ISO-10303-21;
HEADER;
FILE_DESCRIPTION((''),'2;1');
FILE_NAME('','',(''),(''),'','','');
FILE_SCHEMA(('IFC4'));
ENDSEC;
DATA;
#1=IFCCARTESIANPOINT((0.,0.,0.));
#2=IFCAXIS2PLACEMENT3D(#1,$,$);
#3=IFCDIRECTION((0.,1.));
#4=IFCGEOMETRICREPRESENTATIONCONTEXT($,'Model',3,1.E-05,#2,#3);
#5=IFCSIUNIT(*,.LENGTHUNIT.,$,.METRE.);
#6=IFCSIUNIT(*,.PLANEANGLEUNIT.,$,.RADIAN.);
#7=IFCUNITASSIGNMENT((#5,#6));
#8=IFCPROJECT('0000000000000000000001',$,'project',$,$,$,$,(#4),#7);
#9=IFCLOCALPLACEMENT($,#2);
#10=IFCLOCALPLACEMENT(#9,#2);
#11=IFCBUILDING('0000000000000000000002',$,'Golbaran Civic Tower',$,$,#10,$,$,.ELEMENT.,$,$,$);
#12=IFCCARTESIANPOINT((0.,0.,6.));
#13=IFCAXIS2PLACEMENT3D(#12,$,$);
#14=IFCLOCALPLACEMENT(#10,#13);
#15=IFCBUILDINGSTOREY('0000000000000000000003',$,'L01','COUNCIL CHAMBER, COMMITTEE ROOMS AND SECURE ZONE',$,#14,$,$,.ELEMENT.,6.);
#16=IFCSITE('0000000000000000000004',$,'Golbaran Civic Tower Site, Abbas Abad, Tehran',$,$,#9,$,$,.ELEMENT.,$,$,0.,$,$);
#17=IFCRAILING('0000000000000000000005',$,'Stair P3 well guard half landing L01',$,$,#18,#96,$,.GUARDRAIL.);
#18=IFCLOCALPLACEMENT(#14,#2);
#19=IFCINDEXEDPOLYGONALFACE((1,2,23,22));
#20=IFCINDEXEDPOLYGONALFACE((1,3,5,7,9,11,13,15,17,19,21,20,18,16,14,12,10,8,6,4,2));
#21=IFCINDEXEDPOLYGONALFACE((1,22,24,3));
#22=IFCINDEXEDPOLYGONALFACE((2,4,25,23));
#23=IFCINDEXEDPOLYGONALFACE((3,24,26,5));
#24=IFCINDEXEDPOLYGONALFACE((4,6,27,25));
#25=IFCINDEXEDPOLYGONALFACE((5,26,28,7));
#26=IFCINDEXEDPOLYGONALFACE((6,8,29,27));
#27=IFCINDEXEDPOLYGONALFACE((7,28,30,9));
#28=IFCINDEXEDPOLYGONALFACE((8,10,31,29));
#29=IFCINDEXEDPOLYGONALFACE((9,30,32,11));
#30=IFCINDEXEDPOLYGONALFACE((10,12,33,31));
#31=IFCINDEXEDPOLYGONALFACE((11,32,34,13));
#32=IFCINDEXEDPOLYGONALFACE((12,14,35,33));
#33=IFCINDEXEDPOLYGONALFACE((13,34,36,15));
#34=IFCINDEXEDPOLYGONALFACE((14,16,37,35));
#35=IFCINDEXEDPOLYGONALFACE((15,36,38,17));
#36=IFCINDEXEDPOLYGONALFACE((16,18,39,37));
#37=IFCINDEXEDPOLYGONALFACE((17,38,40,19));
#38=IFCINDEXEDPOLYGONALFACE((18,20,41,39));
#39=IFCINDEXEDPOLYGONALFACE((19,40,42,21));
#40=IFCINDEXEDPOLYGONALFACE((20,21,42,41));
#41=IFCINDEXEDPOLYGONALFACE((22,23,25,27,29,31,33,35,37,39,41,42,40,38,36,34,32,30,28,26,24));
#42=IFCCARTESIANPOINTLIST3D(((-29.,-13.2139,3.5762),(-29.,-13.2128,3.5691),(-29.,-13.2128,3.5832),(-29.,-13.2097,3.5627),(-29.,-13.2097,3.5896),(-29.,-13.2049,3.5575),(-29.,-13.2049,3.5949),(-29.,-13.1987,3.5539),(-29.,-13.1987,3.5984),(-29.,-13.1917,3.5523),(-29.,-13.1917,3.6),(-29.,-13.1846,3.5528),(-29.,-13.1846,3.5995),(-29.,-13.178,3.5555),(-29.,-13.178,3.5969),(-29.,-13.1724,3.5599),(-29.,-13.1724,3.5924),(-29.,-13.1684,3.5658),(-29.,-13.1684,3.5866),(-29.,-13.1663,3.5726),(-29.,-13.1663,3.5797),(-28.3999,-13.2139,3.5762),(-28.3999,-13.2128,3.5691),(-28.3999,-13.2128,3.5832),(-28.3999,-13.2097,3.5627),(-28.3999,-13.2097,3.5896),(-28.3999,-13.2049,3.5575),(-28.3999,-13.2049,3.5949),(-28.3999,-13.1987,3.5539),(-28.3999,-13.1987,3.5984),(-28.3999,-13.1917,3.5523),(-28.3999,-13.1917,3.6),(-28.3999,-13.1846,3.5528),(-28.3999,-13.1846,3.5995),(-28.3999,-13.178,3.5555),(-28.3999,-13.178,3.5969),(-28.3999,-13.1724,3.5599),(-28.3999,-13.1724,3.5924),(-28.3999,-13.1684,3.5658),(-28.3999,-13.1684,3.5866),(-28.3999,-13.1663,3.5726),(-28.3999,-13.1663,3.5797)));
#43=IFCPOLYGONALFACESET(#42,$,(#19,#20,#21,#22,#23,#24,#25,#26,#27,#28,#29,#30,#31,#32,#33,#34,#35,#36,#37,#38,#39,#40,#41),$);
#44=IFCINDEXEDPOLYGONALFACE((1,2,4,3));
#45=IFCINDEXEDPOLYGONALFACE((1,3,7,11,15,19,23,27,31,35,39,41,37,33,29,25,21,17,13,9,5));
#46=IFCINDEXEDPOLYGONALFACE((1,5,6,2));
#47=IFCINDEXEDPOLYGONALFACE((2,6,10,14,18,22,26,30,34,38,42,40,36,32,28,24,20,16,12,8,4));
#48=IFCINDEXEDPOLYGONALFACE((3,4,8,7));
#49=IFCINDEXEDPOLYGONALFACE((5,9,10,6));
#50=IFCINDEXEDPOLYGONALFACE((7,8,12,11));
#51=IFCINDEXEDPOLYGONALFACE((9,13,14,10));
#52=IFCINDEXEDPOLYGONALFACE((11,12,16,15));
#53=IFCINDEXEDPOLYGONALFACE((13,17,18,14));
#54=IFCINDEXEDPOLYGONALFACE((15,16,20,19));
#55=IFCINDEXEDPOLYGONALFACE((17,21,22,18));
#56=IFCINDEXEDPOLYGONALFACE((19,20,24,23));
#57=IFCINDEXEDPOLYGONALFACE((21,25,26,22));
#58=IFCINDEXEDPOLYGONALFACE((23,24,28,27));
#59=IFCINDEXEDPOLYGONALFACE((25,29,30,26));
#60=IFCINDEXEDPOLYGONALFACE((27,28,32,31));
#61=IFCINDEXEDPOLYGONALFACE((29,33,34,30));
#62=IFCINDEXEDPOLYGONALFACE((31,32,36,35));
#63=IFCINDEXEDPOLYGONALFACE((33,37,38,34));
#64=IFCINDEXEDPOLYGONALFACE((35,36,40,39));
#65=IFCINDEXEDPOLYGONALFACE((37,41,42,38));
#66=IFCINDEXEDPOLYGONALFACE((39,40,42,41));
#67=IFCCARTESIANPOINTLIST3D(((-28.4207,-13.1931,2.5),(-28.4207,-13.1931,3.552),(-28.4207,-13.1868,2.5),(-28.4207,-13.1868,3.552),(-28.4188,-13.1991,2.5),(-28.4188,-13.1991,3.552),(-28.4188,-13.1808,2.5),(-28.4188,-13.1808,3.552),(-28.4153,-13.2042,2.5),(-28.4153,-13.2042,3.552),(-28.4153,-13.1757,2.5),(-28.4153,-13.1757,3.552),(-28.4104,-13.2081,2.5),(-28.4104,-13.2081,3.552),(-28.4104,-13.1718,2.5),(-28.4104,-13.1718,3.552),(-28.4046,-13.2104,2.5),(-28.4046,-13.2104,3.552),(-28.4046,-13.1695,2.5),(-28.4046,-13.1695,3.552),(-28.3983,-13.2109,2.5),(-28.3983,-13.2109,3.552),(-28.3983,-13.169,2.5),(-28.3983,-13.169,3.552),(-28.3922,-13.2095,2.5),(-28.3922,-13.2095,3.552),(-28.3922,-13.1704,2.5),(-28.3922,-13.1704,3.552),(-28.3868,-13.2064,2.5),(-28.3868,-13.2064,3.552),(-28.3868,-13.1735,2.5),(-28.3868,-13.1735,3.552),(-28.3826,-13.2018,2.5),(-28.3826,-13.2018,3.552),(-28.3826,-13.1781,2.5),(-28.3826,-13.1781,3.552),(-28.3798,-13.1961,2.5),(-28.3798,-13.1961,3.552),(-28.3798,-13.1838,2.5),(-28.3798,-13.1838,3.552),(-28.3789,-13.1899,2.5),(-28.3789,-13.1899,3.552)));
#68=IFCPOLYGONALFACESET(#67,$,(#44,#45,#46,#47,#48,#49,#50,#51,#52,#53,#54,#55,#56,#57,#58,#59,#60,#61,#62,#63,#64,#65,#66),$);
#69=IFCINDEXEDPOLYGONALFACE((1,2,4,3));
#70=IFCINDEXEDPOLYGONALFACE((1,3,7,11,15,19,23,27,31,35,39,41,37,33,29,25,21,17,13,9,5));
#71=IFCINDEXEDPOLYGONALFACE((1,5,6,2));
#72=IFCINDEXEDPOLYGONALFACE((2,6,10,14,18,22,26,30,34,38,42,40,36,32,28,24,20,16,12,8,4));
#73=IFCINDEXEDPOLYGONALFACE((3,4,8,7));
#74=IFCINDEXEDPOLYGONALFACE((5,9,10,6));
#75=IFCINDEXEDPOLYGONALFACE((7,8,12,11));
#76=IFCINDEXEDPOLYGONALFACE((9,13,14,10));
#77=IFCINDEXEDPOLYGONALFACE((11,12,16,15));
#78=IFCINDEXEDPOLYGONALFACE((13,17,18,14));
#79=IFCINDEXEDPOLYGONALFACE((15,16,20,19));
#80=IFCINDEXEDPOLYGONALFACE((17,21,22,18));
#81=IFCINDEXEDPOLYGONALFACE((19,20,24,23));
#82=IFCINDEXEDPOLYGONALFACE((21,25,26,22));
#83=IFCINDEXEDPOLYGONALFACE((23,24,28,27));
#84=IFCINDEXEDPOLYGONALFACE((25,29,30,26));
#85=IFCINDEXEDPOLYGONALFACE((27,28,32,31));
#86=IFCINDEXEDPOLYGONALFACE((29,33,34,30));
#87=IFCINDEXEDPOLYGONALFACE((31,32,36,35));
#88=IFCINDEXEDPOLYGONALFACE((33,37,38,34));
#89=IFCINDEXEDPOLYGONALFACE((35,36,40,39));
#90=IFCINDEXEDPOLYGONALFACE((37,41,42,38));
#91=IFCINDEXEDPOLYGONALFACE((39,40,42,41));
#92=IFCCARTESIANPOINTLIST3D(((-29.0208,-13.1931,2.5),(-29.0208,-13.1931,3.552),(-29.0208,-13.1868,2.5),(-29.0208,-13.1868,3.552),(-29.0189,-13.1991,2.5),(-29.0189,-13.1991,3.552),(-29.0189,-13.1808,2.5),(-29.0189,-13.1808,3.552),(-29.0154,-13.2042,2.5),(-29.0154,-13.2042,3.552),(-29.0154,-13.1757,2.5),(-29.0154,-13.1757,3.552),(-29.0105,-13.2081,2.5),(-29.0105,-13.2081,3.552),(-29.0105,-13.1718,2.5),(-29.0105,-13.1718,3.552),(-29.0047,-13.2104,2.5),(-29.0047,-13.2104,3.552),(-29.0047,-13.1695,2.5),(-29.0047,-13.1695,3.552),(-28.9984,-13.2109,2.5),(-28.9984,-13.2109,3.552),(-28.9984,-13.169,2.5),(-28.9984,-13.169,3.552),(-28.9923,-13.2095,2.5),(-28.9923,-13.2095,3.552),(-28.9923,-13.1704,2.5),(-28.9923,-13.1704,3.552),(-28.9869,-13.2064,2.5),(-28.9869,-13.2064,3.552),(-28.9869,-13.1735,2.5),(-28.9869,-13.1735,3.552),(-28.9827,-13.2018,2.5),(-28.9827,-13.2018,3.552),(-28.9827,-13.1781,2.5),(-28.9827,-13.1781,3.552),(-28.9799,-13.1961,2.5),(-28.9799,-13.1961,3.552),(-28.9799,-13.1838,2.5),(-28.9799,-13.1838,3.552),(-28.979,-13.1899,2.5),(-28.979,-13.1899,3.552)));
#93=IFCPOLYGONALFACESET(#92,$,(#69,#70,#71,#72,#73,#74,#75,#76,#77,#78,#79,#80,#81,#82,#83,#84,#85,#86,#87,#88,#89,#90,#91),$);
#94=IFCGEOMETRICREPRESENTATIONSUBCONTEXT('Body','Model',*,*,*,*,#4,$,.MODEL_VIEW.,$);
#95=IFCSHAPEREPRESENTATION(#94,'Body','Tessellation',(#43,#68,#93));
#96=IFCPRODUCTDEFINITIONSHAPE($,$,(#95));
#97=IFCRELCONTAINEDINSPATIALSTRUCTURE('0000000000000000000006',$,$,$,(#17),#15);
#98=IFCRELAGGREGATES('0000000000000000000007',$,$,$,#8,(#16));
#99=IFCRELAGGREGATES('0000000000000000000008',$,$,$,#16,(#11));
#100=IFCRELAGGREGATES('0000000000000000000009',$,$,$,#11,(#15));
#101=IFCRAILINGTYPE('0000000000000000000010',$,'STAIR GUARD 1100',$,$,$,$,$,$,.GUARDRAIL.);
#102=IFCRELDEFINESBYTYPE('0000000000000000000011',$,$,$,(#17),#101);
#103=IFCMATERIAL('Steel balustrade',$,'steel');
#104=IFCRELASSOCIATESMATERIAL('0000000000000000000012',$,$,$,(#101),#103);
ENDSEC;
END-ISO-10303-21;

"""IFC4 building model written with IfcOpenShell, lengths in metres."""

from ifc_helpers import new_model, si_unit, direction, frame, origin, origin_2d, place, context, subcontext, project, spatial, circle, extrude, material, type_object, element, save


model = new_model("IFC4")

# Units and contexts
model_context = context("Model", 3, precision=1e-05, world=origin(), true_north=direction((0.0, 1.0)))
body_context = subcontext(model_context, "Body", "Model", "MODEL_VIEW")
ifc_project = project(units=[si_unit("LENGTHUNIT", "METRE"), si_unit("PLANEANGLEUNIT", "RADIAN")], contexts=[model_context])

# Site, building, storey
site_placement = place(None, origin())
site = spatial("IfcSite", under=ifc_project, at=site_placement, Name="Golbaran Civic Tower Site, Abbas Abad, Tehran", CompositionType="ELEMENT", RefElevation=0.0)
building_placement = place(site_placement, origin())
building = spatial("IfcBuilding", under=site, at=building_placement, Name="Golbaran Civic Tower", CompositionType="ELEMENT")
storey_placement = place(building_placement, frame((0.0, 0.0, 6.0)))
storey = spatial("IfcBuildingStorey", under=building, at=storey_placement, Name="L01", Description="COUNCIL CHAMBER, COMMITTEE ROOMS AND SECURE ZONE", CompositionType="ELEMENT", Elevation=6.0)

# Railing
ifc_material_1 = material(Name="Steel balustrade", Category="steel")
railing_type_1 = type_object("IfcRailingType", Name="STAIR GUARD 1100", PredefinedType="GUARDRAIL", material=ifc_material_1)
for number, where, name in (
    (1, (-28.3999, -13.1899, 2.5), "Stair P3 well guard half landing L01"),
):
    element("IfcRailing", number, at=place(storey_placement, frame(where)), inside=storey, type_object=railing_type_1, Name=name, PredefinedType="GUARDRAIL", context=body_context, shape_type="SweptSolid", body=[
        extrude(circle(Radius=0.0239, at=origin_2d()), frame((0.0, 0.0, 1.0762), z_axis=(-1.0, 0.0, 0.0), x_axis=(0.0, -1.0, 0.0)), (0.0, 0.0, 1.0), 0.6001),
        extrude(circle(Radius=0.021, at=origin_2d()), origin(), (0.0, 0.0, 1.0), 1.052),
        extrude(circle(Radius=0.021, at=origin_2d()), frame((-0.6001, 0.0, 0.0)), (0.0, 0.0, 1.0), 1.052),
    ])

save(model, "model.ifc")
